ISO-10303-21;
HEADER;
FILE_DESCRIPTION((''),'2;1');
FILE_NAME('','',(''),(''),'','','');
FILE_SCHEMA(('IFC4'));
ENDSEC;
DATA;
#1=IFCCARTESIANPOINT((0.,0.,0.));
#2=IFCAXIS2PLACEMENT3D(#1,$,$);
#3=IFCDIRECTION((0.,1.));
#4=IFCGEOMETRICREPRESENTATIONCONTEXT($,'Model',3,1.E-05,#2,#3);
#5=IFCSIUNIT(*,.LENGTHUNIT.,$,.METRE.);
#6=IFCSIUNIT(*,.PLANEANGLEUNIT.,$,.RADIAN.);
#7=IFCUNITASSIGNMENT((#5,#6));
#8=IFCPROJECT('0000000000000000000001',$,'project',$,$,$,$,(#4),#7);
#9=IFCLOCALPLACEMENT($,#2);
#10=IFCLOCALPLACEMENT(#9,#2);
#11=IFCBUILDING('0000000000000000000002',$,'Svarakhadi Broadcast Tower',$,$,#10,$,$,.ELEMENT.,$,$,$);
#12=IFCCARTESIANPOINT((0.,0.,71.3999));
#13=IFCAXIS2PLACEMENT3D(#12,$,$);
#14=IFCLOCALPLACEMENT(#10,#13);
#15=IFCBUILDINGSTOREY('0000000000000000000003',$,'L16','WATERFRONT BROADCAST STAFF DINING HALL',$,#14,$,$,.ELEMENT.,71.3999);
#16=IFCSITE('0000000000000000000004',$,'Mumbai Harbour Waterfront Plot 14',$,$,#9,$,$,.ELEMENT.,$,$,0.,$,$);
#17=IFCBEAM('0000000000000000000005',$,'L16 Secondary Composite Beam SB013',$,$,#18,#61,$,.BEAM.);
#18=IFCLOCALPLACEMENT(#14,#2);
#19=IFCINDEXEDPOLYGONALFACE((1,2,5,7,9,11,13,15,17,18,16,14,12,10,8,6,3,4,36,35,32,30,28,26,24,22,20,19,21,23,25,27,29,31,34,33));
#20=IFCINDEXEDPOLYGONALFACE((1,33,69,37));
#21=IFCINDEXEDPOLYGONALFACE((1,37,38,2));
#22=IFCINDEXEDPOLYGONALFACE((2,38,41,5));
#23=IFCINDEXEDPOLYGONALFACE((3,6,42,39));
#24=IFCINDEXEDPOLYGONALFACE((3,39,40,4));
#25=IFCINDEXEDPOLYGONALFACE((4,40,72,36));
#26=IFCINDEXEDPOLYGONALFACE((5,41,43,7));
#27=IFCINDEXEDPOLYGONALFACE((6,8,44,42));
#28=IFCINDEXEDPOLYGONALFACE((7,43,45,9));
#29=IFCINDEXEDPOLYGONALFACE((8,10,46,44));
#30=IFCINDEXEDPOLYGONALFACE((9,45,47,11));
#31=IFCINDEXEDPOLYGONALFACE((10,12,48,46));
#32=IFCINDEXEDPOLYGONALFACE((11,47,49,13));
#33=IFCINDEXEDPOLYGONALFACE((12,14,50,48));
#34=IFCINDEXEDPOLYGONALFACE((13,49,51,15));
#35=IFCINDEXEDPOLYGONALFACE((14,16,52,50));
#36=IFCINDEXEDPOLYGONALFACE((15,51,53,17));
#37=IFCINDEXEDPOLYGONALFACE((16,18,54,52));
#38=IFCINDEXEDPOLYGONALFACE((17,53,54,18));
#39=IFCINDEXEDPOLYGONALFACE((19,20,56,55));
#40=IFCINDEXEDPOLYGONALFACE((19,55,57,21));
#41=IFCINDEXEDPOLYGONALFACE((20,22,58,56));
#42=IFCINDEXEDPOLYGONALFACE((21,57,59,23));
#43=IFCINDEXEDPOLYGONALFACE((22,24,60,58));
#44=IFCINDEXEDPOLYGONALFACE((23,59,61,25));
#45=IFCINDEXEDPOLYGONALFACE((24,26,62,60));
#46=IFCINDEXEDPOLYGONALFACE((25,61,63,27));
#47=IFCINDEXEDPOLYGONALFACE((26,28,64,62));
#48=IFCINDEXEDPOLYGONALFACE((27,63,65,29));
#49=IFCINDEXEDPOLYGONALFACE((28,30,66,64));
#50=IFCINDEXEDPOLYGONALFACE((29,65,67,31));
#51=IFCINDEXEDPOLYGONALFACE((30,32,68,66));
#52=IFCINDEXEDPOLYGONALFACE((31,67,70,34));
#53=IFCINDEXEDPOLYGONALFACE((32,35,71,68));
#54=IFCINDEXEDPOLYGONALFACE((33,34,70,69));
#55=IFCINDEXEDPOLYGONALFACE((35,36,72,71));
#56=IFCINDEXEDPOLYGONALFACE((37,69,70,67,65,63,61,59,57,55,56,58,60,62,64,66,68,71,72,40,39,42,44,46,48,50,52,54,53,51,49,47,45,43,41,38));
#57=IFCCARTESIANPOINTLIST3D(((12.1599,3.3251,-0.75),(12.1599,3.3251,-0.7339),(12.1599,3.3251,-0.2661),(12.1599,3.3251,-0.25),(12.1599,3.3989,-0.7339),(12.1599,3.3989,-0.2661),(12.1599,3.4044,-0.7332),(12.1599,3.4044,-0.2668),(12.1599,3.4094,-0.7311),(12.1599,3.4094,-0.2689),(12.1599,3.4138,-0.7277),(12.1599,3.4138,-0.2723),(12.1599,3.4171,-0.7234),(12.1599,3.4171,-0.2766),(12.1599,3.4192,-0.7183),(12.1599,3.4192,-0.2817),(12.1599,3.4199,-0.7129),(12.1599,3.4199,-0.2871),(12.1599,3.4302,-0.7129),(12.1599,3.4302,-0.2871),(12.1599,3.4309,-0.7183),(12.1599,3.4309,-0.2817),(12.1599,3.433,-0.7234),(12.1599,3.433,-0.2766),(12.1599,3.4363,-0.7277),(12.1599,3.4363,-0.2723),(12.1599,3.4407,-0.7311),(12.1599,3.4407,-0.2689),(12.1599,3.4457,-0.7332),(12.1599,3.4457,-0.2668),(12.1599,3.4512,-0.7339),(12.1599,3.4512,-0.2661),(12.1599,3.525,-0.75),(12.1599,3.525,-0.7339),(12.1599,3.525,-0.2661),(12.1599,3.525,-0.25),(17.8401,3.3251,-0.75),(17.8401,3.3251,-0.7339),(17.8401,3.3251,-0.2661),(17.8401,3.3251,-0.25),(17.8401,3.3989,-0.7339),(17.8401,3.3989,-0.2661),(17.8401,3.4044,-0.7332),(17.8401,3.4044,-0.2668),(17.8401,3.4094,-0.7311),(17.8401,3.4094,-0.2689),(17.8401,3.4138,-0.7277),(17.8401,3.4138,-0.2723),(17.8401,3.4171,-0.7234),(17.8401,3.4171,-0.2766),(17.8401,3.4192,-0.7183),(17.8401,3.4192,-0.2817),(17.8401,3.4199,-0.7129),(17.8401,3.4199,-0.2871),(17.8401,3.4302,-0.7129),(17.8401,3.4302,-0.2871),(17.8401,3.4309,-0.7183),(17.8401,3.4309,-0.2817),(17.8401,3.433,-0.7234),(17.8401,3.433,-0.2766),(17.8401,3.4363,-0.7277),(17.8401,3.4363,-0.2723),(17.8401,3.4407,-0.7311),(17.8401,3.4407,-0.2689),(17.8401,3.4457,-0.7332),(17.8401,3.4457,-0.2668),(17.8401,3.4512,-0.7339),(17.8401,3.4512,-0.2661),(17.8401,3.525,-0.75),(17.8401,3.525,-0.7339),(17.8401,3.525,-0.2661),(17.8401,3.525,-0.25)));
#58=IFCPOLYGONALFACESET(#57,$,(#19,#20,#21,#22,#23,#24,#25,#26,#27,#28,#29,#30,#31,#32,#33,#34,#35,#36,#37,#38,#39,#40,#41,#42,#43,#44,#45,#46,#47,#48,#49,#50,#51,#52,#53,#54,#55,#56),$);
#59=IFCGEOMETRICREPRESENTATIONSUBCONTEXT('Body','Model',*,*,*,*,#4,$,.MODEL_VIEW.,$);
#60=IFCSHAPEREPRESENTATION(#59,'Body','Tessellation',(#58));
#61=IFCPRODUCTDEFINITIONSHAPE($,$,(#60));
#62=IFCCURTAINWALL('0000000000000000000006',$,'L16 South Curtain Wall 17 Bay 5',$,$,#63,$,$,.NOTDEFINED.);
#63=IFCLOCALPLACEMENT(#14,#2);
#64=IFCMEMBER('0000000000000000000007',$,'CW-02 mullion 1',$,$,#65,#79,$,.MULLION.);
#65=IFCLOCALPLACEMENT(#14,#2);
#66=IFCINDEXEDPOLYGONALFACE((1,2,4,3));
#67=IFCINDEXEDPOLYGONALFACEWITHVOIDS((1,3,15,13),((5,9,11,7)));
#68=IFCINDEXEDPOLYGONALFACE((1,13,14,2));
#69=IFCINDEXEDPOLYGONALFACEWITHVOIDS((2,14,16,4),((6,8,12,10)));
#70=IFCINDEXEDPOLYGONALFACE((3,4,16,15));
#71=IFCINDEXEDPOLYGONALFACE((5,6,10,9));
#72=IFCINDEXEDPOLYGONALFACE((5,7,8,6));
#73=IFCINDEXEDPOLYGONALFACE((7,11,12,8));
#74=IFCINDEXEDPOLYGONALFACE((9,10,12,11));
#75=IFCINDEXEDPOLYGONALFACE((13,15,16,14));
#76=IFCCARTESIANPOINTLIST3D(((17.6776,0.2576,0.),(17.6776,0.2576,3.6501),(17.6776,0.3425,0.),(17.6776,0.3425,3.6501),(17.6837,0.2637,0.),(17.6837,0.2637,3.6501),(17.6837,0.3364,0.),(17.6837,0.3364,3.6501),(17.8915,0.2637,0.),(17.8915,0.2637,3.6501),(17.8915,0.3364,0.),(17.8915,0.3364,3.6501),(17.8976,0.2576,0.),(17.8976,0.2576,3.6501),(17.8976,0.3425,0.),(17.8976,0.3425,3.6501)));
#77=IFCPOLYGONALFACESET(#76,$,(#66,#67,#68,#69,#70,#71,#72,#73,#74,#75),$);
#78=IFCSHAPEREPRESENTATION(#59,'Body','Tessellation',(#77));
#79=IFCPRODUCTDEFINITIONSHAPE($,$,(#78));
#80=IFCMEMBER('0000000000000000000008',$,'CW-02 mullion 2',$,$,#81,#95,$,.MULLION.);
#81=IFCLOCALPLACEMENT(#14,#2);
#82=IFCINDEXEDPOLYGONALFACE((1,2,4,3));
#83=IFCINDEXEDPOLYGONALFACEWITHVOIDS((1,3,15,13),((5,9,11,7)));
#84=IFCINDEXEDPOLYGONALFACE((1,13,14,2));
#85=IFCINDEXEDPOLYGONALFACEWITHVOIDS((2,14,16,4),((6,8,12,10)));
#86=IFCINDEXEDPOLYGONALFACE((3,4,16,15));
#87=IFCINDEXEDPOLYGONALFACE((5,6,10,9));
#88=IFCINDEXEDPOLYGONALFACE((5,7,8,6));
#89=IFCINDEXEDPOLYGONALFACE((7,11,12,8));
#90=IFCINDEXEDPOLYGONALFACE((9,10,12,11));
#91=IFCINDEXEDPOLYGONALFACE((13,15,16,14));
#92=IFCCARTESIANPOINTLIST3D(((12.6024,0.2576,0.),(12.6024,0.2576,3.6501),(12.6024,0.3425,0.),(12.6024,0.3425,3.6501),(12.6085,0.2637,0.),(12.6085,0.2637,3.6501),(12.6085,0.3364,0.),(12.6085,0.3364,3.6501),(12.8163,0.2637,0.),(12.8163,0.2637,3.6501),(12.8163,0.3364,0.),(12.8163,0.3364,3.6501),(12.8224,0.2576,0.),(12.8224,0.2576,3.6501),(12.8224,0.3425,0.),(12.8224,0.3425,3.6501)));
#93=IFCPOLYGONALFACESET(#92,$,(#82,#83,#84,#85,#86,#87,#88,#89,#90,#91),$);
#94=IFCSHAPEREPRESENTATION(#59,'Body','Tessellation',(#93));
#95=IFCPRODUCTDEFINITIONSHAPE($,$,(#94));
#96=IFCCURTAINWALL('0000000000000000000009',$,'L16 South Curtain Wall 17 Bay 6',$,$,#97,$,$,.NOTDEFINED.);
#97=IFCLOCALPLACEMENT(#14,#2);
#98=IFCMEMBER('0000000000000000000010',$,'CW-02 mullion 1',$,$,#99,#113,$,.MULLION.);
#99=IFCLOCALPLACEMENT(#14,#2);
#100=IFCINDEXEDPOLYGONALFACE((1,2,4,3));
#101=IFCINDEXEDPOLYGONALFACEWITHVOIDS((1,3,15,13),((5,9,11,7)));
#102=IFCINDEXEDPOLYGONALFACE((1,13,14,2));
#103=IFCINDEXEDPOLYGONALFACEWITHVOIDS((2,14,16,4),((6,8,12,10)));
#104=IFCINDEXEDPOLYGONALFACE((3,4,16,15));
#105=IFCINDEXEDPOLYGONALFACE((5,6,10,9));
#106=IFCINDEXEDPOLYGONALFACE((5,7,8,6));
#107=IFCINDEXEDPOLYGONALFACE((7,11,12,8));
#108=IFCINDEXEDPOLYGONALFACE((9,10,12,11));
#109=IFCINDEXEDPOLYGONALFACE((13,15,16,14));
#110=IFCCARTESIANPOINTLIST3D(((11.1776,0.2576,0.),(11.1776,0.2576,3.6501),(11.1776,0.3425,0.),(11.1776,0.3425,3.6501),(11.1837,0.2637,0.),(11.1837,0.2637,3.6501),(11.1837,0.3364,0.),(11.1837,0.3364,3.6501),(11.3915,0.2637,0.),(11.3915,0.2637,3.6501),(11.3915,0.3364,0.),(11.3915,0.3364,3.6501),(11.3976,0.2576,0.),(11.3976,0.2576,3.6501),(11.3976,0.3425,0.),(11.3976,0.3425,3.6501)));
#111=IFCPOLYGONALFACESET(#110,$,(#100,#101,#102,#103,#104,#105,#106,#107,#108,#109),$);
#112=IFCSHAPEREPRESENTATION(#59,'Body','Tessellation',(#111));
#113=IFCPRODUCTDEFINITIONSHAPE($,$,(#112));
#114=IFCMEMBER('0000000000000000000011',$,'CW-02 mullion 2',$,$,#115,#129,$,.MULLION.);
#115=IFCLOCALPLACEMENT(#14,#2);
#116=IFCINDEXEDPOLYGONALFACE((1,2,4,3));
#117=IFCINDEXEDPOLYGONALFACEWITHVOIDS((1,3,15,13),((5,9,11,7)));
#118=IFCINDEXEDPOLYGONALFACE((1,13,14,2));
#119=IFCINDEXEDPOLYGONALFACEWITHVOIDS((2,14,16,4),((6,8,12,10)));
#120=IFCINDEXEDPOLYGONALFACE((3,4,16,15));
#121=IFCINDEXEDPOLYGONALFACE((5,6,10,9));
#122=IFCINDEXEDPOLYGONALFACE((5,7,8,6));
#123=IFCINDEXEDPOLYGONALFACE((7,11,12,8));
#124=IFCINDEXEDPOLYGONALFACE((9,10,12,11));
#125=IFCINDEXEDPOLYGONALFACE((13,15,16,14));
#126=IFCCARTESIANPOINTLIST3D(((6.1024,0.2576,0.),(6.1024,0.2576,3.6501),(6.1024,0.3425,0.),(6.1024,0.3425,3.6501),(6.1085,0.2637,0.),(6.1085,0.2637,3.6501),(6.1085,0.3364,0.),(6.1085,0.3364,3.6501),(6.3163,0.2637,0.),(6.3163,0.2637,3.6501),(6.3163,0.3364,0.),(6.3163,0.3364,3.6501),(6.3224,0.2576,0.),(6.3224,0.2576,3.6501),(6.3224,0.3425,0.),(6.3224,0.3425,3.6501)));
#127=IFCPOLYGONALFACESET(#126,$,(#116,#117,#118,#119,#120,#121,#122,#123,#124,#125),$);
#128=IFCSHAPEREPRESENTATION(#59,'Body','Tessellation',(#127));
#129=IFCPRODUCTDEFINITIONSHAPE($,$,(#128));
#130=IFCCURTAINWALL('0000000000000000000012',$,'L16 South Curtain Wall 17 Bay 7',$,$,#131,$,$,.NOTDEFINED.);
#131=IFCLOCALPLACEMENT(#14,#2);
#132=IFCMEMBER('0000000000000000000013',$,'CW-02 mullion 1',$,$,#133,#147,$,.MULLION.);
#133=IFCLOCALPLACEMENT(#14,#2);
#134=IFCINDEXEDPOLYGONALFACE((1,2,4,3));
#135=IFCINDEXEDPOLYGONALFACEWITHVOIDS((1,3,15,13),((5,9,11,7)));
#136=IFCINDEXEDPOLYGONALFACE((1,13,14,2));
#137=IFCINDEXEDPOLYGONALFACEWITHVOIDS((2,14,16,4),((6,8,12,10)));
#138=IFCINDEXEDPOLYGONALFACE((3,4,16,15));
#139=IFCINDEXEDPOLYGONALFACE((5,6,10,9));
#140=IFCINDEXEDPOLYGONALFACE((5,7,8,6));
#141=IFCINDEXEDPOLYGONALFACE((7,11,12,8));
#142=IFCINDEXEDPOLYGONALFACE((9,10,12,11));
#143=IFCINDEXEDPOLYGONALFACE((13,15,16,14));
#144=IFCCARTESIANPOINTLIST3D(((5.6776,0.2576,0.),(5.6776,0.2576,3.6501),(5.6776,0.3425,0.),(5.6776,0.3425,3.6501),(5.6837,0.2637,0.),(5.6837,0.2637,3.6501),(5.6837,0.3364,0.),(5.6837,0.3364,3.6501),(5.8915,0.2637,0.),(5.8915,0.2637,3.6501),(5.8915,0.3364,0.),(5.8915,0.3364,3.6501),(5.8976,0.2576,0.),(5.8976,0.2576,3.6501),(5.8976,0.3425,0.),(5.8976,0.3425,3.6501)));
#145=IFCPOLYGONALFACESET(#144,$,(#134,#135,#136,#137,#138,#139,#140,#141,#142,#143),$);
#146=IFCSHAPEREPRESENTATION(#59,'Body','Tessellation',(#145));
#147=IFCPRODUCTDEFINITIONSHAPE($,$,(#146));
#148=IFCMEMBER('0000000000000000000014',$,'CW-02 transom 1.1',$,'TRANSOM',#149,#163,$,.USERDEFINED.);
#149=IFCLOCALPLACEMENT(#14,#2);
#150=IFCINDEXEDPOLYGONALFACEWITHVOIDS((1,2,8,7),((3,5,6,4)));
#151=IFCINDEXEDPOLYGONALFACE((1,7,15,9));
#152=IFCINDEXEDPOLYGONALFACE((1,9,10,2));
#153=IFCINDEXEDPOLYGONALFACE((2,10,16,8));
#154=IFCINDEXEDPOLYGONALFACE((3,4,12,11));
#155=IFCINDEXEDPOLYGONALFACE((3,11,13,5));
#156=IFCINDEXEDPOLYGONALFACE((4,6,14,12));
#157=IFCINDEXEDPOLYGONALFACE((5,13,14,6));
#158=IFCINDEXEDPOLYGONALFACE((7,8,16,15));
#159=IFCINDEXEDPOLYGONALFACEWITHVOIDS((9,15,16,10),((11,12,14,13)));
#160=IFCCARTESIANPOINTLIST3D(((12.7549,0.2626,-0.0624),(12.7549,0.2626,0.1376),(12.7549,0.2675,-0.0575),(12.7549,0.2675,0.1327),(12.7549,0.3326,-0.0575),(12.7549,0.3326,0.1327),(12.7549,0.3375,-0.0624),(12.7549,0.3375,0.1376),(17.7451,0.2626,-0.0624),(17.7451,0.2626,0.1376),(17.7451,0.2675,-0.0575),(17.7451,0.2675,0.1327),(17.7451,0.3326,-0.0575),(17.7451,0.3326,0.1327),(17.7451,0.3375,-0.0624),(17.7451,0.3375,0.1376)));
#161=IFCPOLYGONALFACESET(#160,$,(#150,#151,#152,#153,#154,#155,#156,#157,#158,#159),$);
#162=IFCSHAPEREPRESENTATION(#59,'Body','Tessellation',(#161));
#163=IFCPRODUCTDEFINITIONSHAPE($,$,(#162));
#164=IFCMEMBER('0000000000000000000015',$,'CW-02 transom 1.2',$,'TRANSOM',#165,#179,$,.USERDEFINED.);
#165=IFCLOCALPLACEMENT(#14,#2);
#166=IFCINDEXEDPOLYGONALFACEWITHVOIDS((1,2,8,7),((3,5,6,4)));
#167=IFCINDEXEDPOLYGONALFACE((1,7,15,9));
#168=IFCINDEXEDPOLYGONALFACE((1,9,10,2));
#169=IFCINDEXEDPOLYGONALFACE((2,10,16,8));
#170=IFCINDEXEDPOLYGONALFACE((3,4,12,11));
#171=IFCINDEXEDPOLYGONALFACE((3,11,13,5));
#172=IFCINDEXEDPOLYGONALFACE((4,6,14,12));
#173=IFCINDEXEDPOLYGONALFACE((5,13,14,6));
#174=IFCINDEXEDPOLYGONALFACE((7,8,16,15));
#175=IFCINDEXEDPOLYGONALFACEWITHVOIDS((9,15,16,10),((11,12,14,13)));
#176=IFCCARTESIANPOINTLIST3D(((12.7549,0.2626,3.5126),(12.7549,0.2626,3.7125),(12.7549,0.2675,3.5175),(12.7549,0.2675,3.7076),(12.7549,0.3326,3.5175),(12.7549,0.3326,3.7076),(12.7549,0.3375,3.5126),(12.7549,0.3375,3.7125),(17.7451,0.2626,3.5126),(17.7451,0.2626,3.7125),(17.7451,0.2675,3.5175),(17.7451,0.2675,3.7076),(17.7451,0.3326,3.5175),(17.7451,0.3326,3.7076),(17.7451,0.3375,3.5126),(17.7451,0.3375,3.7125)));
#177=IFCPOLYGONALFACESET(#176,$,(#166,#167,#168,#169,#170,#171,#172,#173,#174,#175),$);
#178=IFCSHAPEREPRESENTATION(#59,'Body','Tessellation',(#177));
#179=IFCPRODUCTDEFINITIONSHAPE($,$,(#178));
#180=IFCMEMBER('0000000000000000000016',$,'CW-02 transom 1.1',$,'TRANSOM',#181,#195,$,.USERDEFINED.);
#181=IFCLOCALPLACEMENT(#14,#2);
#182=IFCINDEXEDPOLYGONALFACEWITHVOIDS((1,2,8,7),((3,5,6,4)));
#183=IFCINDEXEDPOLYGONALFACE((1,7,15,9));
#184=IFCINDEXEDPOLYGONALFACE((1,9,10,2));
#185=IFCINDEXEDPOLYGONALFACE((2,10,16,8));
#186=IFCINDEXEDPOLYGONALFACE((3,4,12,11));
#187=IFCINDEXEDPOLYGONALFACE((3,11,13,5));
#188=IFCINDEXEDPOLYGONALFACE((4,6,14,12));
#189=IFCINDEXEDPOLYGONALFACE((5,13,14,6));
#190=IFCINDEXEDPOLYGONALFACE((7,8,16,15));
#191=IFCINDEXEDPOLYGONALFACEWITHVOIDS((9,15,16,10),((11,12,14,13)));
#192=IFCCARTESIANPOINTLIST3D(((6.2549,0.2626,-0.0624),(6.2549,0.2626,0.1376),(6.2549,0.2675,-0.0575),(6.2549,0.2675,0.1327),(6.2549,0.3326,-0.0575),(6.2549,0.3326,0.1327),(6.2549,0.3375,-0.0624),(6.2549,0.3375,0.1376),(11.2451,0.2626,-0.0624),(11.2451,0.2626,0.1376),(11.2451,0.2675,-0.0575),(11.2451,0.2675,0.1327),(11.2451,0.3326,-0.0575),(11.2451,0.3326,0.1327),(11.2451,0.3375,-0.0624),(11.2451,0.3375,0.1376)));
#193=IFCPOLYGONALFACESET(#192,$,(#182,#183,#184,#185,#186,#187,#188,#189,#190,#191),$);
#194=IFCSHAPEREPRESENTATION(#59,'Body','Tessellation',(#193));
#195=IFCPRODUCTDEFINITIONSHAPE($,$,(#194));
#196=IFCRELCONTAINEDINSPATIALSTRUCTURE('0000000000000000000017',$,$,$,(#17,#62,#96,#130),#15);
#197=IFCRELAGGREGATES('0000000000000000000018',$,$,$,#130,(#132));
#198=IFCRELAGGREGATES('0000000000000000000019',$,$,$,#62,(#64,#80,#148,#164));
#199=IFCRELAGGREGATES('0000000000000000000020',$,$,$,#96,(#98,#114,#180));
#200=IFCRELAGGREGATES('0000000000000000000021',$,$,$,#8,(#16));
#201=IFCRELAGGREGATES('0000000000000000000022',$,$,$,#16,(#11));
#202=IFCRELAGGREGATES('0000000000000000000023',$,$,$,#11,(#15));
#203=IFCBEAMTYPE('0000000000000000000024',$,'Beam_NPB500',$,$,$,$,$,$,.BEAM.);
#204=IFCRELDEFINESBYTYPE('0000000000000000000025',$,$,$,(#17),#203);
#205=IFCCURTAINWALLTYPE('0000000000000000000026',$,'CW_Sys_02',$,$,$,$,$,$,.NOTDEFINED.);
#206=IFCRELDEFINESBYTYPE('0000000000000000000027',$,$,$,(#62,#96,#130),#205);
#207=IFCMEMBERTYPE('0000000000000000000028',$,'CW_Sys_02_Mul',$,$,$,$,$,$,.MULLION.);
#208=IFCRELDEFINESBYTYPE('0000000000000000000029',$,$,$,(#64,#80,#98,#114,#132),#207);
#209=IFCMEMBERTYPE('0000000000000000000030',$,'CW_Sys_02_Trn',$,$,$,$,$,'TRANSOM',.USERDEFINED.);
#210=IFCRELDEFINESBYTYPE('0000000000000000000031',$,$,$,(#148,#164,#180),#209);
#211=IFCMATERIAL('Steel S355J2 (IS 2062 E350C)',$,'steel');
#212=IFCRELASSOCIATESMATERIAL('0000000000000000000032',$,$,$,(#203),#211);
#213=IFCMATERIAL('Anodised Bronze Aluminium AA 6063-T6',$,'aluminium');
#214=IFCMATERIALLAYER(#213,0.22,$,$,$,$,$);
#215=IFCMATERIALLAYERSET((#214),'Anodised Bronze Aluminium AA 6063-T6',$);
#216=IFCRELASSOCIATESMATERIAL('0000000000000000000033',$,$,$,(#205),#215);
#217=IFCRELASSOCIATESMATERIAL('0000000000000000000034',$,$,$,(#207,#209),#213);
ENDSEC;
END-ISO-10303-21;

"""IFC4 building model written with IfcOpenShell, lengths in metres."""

from ifc_helpers import new_model, si_unit, direction, frame, origin, origin_2d, place, context, subcontext, project, spatial, hollow_rectangle, i_section, extrude, material, layer, layer_set, material_profile, profile_set, type_object, element, aggregate, save


model = new_model("IFC4")

# Units and contexts
model_context = context("Model", 3, precision=1e-05, world=origin(), true_north=direction((0.0, 1.0)))
body_context = subcontext(model_context, "Body", "Model", "MODEL_VIEW")
ifc_project = project(units=[si_unit("LENGTHUNIT", "METRE"), si_unit("PLANEANGLEUNIT", "RADIAN")], contexts=[model_context])

# Site, building, storey
site_placement = place(None, origin())
site = spatial("IfcSite", under=ifc_project, at=site_placement, Name="Mumbai Harbour Waterfront Plot 14", CompositionType="ELEMENT", RefElevation=0.0)
building_placement = place(site_placement, origin())
building = spatial("IfcBuilding", under=site, at=building_placement, Name="Svarakhadi Broadcast Tower", CompositionType="ELEMENT")
storey_placement = place(building_placement, frame((0.0, 0.0, 71.3999)))
storey = spatial("IfcBuildingStorey", under=building, at=storey_placement, Name="L16", Description="WATERFRONT BROADCAST STAFF DINING HALL", CompositionType="ELEMENT", Elevation=71.3999)

# Beam
ifc_material_1 = material(Name="Steel S355J2 (IS 2062 E350C)", Category="steel")
ifc_material_profile_1 = material_profile(ifc_material_1, i_section(OverallWidth=0.2, OverallDepth=0.5, WebThickness=0.0103, FlangeThickness=0.0161, FilletRadius=0.021, at=origin_2d()), Name="NPB 500x200x91")
ifc_profile_set_1 = profile_set([ifc_material_profile_1], Name="Steel S355J2 (IS 2062 E350C)")
beam_type_1 = type_object("IfcBeamType", Name="Beam_NPB500", PredefinedType="BEAM", material=ifc_profile_set_1)
for number, where, z_axis, x_axis, name in (
    (1, (12.1599, 3.425, -0.5), (1.0, 0.0, 0.0), (0.0, 1.0, 0.0), "L16 Secondary Composite Beam SB013"),
):
    element("IfcBeam", number, at=place(storey_placement, frame(where, z_axis=z_axis, x_axis=x_axis)), inside=storey, type_object=beam_type_1, Name=name, PredefinedType="BEAM", context=body_context, shape_type="SweptSolid", body=[
        extrude(i_section(OverallWidth=0.2, OverallDepth=0.5, WebThickness=0.0103, FlangeThickness=0.0161, FilletRadius=0.021, at=origin_2d()), origin(), (0.0, 0.0, 1.0), 5.6802),
    ])

# Curtain walls, members
ifc_material_2 = material(Name="Anodised Bronze Aluminium AA 6063-T6", Category="aluminium")
ifc_layer_1 = layer(ifc_material_2, 0.22)
ifc_layer_set_1 = layer_set([ifc_layer_1], Name="Anodised Bronze Aluminium AA 6063-T6")
curtain_wall_type = type_object("IfcCurtainWallType", Name="CW_Sys_02", PredefinedType="NOTDEFINED", material=ifc_layer_set_1)
curtain_wall_1_placement = place(storey_placement, origin())
curtain_wall_1 = element("IfcCurtainWall", 2, at=curtain_wall_1_placement, inside=storey, type_object=curtain_wall_type, Name="L16 South Curtain Wall 17 Bay 5", PredefinedType="NOTDEFINED")
ifc_material_profile_2 = material_profile(ifc_material_2, hollow_rectangle(XDim=0.085, YDim=0.22, WallThickness=0.0061, at=origin_2d()), Name="ALU MULLION 220x85x6")
ifc_profile_set_2 = profile_set([ifc_material_profile_2], Name="Anodised Bronze Aluminium AA 6063-T6")
member_type_1 = type_object("IfcMemberType", Name="CW_Sys_02_Mul", PredefinedType="MULLION", material=ifc_profile_set_2)
member_1_placement = place(storey_placement, frame((17.7876, 0.3, 0.0), z_axis=(0.0, 0.0, 1.0), x_axis=(0.0, -1.0, 0.0)))
member_1 = element("IfcMember", 3, at=member_1_placement, type_object=member_type_1, Name="CW-02 mullion 1", PredefinedType="MULLION", context=body_context, shape_type="SweptSolid", body=[
    extrude(hollow_rectangle(XDim=0.085, YDim=0.22, WallThickness=0.0061, at=origin_2d()), origin(), (0.0, 0.0, 1.0), 3.6501),
])
member_2_placement = place(storey_placement, frame((12.7124, 0.3, 0.0), z_axis=(0.0, 0.0, 1.0), x_axis=(0.0, -1.0, 0.0)))
member_2 = element("IfcMember", 4, at=member_2_placement, type_object=member_type_1, Name="CW-02 mullion 2", PredefinedType="MULLION", context=body_context, shape_type="SweptSolid", body=[
    extrude(hollow_rectangle(XDim=0.085, YDim=0.22, WallThickness=0.0061, at=origin_2d()), origin(), (0.0, 0.0, 1.0), 3.6501),
])
curtain_wall_2_placement = place(storey_placement, origin())
curtain_wall_2 = element("IfcCurtainWall", 5, at=curtain_wall_2_placement, inside=storey, type_object=curtain_wall_type, Name="L16 South Curtain Wall 17 Bay 6", PredefinedType="NOTDEFINED")
member_3_placement = place(storey_placement, frame((11.2876, 0.3, 0.0), z_axis=(0.0, 0.0, 1.0), x_axis=(0.0, -1.0, 0.0)))
member_3 = element("IfcMember", 6, at=member_3_placement, type_object=member_type_1, Name="CW-02 mullion 1", PredefinedType="MULLION", context=body_context, shape_type="SweptSolid", body=[
    extrude(hollow_rectangle(XDim=0.085, YDim=0.22, WallThickness=0.0061, at=origin_2d()), origin(), (0.0, 0.0, 1.0), 3.6501),
])
member_4_placement = place(storey_placement, frame((6.2124, 0.3, 0.0), z_axis=(0.0, 0.0, 1.0), x_axis=(0.0, -1.0, 0.0)))
member_4 = element("IfcMember", 7, at=member_4_placement, type_object=member_type_1, Name="CW-02 mullion 2", PredefinedType="MULLION", context=body_context, shape_type="SweptSolid", body=[
    extrude(hollow_rectangle(XDim=0.085, YDim=0.22, WallThickness=0.0061, at=origin_2d()), origin(), (0.0, 0.0, 1.0), 3.6501),
])

# Curtain wall, member
curtain_wall_3_placement = place(storey_placement, origin())
curtain_wall_3 = element("IfcCurtainWall", 8, at=curtain_wall_3_placement, inside=storey, type_object=curtain_wall_type, Name="L16 South Curtain Wall 17 Bay 7", PredefinedType="NOTDEFINED")
member_5_placement = place(storey_placement, frame((5.7876, 0.3, 0.0), z_axis=(0.0, 0.0, 1.0), x_axis=(0.0, -1.0, 0.0)))
member_5 = element("IfcMember", 9, at=member_5_placement, type_object=member_type_1, Name="CW-02 mullion 1", PredefinedType="MULLION", context=body_context, shape_type="SweptSolid", body=[
    extrude(hollow_rectangle(XDim=0.085, YDim=0.22, WallThickness=0.0061, at=origin_2d()), origin(), (0.0, 0.0, 1.0), 3.6501),
])

# Members
ifc_material_profile_3 = material_profile(ifc_material_2, hollow_rectangle(XDim=0.075, YDim=0.2, WallThickness=0.0049, at=origin_2d()), Name="ALU TRANSOM 200x75x5")
ifc_profile_set_3 = profile_set([ifc_material_profile_3], Name="Anodised Bronze Aluminium AA 6063-T6")
member_type_2 = type_object("IfcMemberType", Name="CW_Sys_02_Trn", ElementType="TRANSOM", PredefinedType="USERDEFINED", material=ifc_profile_set_3)
member_6_placement = place(storey_placement, frame((17.7451, 0.3, 0.0376), z_axis=(-1.0, 0.0, 0.0), x_axis=(0.0, -1.0, 0.0)))
member_6 = element("IfcMember", 10, at=member_6_placement, type_object=member_type_2, Name="CW-02 transom 1.1", ObjectType="TRANSOM", PredefinedType="USERDEFINED", context=body_context, shape_type="SweptSolid", body=[
    extrude(hollow_rectangle(XDim=0.075, YDim=0.2, WallThickness=0.0049, at=origin_2d()), origin(), (0.0, 0.0, 1.0), 4.9902),
])
member_7_placement = place(storey_placement, frame((17.7451, 0.3, 3.6125), z_axis=(-1.0, 0.0, 0.0), x_axis=(0.0, -1.0, 0.0)))
member_7 = element("IfcMember", 11, at=member_7_placement, type_object=member_type_2, Name="CW-02 transom 1.2", ObjectType="TRANSOM", PredefinedType="USERDEFINED", context=body_context, shape_type="SweptSolid", body=[
    extrude(hollow_rectangle(XDim=0.075, YDim=0.2, WallThickness=0.0049, at=origin_2d()), origin(), (0.0, 0.0, 1.0), 4.9902),
])
member_8_placement = place(storey_placement, frame((11.2451, 0.3, 0.0376), z_axis=(-1.0, 0.0, 0.0), x_axis=(0.0, -1.0, 0.0)))
member_8 = element("IfcMember", 12, at=member_8_placement, type_object=member_type_2, Name="CW-02 transom 1.1", ObjectType="TRANSOM", PredefinedType="USERDEFINED", context=body_context, shape_type="SweptSolid", body=[
    extrude(hollow_rectangle(XDim=0.075, YDim=0.2, WallThickness=0.0049, at=origin_2d()), origin(), (0.0, 0.0, 1.0), 4.9902),
])
aggregate(curtain_wall_3, [member_5])

aggregate(curtain_wall_1, [member_1, member_2, member_6, member_7])
aggregate(curtain_wall_2, [member_3, member_4, member_8])

save(model, "model.ifc")
